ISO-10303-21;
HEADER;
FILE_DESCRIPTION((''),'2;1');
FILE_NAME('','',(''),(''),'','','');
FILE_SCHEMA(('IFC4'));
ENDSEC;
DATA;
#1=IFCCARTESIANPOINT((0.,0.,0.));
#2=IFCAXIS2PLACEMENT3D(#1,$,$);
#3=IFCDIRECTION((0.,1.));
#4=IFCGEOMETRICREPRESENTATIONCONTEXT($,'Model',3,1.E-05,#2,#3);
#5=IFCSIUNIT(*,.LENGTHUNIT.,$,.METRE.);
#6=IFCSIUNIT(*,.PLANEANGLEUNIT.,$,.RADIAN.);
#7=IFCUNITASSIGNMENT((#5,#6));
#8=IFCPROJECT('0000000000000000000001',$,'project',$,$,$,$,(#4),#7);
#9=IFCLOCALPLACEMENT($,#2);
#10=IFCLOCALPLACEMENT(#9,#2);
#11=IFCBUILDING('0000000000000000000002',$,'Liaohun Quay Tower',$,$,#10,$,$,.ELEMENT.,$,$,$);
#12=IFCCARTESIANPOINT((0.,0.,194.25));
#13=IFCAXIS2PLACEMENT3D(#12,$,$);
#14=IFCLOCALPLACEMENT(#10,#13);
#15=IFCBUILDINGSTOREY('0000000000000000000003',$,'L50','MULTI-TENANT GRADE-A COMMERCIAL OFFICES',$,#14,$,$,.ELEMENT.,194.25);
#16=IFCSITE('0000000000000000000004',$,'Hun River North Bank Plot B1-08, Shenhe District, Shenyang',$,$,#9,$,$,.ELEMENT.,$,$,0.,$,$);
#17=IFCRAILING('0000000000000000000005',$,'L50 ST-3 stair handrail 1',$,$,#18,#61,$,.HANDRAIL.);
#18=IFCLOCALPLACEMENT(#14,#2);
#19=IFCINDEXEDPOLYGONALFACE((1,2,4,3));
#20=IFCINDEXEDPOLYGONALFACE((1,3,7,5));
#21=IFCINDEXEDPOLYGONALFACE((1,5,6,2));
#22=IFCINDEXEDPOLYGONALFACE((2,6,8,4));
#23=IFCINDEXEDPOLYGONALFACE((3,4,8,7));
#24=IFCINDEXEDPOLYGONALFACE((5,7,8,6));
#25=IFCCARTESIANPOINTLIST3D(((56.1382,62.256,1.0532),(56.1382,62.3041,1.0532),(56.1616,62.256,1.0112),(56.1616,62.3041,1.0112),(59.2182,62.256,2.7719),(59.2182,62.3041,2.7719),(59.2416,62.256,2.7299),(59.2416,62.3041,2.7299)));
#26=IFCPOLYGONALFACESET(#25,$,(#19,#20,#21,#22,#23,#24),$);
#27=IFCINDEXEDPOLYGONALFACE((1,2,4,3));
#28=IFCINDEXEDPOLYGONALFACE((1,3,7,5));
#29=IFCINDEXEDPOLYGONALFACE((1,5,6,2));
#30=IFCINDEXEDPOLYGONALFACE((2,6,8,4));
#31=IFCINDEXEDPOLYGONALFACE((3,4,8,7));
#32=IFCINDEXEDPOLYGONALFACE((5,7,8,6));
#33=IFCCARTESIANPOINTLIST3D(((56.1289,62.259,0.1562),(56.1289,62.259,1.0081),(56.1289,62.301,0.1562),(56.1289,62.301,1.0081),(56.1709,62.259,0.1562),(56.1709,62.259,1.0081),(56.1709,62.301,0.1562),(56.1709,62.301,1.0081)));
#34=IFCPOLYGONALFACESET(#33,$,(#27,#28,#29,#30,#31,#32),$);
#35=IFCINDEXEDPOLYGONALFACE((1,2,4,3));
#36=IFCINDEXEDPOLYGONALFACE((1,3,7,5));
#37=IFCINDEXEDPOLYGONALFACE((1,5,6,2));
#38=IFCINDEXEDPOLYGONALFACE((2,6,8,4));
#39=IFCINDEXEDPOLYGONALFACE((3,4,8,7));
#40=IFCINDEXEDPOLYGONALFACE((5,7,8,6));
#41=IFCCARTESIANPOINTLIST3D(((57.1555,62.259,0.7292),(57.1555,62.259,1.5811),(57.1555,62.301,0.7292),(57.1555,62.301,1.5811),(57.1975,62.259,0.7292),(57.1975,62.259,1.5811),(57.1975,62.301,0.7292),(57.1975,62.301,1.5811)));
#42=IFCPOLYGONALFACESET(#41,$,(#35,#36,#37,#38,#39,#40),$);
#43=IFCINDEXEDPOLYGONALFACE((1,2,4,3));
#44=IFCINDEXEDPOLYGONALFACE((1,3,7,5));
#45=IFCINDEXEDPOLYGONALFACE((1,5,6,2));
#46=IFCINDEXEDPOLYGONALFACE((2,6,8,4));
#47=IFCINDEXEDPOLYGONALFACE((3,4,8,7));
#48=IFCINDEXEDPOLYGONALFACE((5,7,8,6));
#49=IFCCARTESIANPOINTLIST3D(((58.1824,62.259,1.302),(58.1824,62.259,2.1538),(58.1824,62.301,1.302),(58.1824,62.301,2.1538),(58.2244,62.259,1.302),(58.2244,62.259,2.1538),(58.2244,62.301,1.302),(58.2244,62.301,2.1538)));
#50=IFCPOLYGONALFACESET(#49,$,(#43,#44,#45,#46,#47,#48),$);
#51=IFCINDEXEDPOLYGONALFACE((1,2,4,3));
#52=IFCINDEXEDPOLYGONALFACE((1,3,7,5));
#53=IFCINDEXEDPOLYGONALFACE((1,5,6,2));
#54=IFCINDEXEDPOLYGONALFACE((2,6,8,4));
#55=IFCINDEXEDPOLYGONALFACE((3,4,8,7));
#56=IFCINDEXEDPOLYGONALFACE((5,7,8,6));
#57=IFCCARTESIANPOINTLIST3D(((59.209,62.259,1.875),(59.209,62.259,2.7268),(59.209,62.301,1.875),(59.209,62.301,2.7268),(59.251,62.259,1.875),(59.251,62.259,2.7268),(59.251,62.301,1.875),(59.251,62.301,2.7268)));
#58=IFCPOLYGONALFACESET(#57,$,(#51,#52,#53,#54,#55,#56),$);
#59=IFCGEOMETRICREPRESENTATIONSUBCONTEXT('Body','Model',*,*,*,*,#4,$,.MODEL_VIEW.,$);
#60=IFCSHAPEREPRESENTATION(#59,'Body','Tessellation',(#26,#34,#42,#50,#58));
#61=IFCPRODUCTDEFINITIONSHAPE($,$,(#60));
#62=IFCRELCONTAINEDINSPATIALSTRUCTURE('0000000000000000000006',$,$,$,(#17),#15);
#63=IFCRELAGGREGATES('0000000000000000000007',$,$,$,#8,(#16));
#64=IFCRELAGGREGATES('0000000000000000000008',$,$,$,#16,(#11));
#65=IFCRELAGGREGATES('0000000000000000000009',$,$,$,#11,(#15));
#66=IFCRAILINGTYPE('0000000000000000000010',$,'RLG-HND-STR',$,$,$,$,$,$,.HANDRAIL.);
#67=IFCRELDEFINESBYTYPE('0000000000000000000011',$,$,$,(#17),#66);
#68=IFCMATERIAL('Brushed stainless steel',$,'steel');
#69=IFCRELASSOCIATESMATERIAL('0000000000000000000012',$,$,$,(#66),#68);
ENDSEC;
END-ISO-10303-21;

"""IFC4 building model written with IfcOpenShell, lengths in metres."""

from ifc_helpers import new_model, si_unit, direction, frame, origin, origin_2d, place, context, subcontext, project, spatial, rectangle, extrude, material, type_object, element, save


model = new_model("IFC4")

# Units and contexts
model_context = context("Model", 3, precision=1e-05, world=origin(), true_north=direction((0.0, 1.0)))
body_context = subcontext(model_context, "Body", "Model", "MODEL_VIEW")
ifc_project = project(units=[si_unit("LENGTHUNIT", "METRE"), si_unit("PLANEANGLEUNIT", "RADIAN")], contexts=[model_context])

# Site, building, storey
site_placement = place(None, origin())
site = spatial("IfcSite", under=ifc_project, at=site_placement, Name="Hun River North Bank Plot B1-08, Shenhe District, Shenyang", CompositionType="ELEMENT", RefElevation=0.0)
building_placement = place(site_placement, origin())
building = spatial("IfcBuilding", under=site, at=building_placement, Name="Liaohun Quay Tower", CompositionType="ELEMENT")
storey_placement = place(building_placement, frame((0.0, 0.0, 194.25)))
storey = spatial("IfcBuildingStorey", under=building, at=storey_placement, Name="L50", Description="MULTI-TENANT GRADE-A COMMERCIAL OFFICES", CompositionType="ELEMENT", Elevation=194.25)

# Railing
ifc_material_1 = material(Name="Brushed stainless steel", Category="steel")
railing_type_1 = type_object("IfcRailingType", Name="RLG-HND-STR", PredefinedType="HANDRAIL", material=ifc_material_1)
railing_1_placement = place(storey_placement, frame((56.1499, 62.28, 0.1562)))
element("IfcRailing", 1, at=railing_1_placement, inside=storey, type_object=railing_type_1, Name="L50 ST-3 stair handrail 1", PredefinedType="HANDRAIL", context=body_context, shape_type="SweptSolid", body=[
    extrude(rectangle(XDim=0.0481, YDim=0.0481, at=origin_2d()), frame((0.0, 0.0, 0.876), z_axis=(0.873242, 0.0, 0.487288), x_axis=(0.0, 1.0, 0.0)), (0.0, 0.0, 1.0), 3.5271),
    extrude(rectangle(XDim=0.042, YDim=0.042, at=origin_2d()), origin(), (0.0, 0.0, 1.0), 0.8518),
    extrude(rectangle(XDim=0.042, YDim=0.042, at=origin_2d()), frame((1.0266, 0.0, 0.573)), (0.0, 0.0, 1.0), 0.8518),
    extrude(rectangle(XDim=0.042, YDim=0.042, at=origin_2d()), frame((2.0535, 0.0, 1.1458)), (0.0, 0.0, 1.0), 0.8518),
    extrude(rectangle(XDim=0.042, YDim=0.042, at=origin_2d()), frame((3.0801, 0.0, 1.7188)), (0.0, 0.0, 1.0), 0.8518),
])

save(model, "model.ifc")
